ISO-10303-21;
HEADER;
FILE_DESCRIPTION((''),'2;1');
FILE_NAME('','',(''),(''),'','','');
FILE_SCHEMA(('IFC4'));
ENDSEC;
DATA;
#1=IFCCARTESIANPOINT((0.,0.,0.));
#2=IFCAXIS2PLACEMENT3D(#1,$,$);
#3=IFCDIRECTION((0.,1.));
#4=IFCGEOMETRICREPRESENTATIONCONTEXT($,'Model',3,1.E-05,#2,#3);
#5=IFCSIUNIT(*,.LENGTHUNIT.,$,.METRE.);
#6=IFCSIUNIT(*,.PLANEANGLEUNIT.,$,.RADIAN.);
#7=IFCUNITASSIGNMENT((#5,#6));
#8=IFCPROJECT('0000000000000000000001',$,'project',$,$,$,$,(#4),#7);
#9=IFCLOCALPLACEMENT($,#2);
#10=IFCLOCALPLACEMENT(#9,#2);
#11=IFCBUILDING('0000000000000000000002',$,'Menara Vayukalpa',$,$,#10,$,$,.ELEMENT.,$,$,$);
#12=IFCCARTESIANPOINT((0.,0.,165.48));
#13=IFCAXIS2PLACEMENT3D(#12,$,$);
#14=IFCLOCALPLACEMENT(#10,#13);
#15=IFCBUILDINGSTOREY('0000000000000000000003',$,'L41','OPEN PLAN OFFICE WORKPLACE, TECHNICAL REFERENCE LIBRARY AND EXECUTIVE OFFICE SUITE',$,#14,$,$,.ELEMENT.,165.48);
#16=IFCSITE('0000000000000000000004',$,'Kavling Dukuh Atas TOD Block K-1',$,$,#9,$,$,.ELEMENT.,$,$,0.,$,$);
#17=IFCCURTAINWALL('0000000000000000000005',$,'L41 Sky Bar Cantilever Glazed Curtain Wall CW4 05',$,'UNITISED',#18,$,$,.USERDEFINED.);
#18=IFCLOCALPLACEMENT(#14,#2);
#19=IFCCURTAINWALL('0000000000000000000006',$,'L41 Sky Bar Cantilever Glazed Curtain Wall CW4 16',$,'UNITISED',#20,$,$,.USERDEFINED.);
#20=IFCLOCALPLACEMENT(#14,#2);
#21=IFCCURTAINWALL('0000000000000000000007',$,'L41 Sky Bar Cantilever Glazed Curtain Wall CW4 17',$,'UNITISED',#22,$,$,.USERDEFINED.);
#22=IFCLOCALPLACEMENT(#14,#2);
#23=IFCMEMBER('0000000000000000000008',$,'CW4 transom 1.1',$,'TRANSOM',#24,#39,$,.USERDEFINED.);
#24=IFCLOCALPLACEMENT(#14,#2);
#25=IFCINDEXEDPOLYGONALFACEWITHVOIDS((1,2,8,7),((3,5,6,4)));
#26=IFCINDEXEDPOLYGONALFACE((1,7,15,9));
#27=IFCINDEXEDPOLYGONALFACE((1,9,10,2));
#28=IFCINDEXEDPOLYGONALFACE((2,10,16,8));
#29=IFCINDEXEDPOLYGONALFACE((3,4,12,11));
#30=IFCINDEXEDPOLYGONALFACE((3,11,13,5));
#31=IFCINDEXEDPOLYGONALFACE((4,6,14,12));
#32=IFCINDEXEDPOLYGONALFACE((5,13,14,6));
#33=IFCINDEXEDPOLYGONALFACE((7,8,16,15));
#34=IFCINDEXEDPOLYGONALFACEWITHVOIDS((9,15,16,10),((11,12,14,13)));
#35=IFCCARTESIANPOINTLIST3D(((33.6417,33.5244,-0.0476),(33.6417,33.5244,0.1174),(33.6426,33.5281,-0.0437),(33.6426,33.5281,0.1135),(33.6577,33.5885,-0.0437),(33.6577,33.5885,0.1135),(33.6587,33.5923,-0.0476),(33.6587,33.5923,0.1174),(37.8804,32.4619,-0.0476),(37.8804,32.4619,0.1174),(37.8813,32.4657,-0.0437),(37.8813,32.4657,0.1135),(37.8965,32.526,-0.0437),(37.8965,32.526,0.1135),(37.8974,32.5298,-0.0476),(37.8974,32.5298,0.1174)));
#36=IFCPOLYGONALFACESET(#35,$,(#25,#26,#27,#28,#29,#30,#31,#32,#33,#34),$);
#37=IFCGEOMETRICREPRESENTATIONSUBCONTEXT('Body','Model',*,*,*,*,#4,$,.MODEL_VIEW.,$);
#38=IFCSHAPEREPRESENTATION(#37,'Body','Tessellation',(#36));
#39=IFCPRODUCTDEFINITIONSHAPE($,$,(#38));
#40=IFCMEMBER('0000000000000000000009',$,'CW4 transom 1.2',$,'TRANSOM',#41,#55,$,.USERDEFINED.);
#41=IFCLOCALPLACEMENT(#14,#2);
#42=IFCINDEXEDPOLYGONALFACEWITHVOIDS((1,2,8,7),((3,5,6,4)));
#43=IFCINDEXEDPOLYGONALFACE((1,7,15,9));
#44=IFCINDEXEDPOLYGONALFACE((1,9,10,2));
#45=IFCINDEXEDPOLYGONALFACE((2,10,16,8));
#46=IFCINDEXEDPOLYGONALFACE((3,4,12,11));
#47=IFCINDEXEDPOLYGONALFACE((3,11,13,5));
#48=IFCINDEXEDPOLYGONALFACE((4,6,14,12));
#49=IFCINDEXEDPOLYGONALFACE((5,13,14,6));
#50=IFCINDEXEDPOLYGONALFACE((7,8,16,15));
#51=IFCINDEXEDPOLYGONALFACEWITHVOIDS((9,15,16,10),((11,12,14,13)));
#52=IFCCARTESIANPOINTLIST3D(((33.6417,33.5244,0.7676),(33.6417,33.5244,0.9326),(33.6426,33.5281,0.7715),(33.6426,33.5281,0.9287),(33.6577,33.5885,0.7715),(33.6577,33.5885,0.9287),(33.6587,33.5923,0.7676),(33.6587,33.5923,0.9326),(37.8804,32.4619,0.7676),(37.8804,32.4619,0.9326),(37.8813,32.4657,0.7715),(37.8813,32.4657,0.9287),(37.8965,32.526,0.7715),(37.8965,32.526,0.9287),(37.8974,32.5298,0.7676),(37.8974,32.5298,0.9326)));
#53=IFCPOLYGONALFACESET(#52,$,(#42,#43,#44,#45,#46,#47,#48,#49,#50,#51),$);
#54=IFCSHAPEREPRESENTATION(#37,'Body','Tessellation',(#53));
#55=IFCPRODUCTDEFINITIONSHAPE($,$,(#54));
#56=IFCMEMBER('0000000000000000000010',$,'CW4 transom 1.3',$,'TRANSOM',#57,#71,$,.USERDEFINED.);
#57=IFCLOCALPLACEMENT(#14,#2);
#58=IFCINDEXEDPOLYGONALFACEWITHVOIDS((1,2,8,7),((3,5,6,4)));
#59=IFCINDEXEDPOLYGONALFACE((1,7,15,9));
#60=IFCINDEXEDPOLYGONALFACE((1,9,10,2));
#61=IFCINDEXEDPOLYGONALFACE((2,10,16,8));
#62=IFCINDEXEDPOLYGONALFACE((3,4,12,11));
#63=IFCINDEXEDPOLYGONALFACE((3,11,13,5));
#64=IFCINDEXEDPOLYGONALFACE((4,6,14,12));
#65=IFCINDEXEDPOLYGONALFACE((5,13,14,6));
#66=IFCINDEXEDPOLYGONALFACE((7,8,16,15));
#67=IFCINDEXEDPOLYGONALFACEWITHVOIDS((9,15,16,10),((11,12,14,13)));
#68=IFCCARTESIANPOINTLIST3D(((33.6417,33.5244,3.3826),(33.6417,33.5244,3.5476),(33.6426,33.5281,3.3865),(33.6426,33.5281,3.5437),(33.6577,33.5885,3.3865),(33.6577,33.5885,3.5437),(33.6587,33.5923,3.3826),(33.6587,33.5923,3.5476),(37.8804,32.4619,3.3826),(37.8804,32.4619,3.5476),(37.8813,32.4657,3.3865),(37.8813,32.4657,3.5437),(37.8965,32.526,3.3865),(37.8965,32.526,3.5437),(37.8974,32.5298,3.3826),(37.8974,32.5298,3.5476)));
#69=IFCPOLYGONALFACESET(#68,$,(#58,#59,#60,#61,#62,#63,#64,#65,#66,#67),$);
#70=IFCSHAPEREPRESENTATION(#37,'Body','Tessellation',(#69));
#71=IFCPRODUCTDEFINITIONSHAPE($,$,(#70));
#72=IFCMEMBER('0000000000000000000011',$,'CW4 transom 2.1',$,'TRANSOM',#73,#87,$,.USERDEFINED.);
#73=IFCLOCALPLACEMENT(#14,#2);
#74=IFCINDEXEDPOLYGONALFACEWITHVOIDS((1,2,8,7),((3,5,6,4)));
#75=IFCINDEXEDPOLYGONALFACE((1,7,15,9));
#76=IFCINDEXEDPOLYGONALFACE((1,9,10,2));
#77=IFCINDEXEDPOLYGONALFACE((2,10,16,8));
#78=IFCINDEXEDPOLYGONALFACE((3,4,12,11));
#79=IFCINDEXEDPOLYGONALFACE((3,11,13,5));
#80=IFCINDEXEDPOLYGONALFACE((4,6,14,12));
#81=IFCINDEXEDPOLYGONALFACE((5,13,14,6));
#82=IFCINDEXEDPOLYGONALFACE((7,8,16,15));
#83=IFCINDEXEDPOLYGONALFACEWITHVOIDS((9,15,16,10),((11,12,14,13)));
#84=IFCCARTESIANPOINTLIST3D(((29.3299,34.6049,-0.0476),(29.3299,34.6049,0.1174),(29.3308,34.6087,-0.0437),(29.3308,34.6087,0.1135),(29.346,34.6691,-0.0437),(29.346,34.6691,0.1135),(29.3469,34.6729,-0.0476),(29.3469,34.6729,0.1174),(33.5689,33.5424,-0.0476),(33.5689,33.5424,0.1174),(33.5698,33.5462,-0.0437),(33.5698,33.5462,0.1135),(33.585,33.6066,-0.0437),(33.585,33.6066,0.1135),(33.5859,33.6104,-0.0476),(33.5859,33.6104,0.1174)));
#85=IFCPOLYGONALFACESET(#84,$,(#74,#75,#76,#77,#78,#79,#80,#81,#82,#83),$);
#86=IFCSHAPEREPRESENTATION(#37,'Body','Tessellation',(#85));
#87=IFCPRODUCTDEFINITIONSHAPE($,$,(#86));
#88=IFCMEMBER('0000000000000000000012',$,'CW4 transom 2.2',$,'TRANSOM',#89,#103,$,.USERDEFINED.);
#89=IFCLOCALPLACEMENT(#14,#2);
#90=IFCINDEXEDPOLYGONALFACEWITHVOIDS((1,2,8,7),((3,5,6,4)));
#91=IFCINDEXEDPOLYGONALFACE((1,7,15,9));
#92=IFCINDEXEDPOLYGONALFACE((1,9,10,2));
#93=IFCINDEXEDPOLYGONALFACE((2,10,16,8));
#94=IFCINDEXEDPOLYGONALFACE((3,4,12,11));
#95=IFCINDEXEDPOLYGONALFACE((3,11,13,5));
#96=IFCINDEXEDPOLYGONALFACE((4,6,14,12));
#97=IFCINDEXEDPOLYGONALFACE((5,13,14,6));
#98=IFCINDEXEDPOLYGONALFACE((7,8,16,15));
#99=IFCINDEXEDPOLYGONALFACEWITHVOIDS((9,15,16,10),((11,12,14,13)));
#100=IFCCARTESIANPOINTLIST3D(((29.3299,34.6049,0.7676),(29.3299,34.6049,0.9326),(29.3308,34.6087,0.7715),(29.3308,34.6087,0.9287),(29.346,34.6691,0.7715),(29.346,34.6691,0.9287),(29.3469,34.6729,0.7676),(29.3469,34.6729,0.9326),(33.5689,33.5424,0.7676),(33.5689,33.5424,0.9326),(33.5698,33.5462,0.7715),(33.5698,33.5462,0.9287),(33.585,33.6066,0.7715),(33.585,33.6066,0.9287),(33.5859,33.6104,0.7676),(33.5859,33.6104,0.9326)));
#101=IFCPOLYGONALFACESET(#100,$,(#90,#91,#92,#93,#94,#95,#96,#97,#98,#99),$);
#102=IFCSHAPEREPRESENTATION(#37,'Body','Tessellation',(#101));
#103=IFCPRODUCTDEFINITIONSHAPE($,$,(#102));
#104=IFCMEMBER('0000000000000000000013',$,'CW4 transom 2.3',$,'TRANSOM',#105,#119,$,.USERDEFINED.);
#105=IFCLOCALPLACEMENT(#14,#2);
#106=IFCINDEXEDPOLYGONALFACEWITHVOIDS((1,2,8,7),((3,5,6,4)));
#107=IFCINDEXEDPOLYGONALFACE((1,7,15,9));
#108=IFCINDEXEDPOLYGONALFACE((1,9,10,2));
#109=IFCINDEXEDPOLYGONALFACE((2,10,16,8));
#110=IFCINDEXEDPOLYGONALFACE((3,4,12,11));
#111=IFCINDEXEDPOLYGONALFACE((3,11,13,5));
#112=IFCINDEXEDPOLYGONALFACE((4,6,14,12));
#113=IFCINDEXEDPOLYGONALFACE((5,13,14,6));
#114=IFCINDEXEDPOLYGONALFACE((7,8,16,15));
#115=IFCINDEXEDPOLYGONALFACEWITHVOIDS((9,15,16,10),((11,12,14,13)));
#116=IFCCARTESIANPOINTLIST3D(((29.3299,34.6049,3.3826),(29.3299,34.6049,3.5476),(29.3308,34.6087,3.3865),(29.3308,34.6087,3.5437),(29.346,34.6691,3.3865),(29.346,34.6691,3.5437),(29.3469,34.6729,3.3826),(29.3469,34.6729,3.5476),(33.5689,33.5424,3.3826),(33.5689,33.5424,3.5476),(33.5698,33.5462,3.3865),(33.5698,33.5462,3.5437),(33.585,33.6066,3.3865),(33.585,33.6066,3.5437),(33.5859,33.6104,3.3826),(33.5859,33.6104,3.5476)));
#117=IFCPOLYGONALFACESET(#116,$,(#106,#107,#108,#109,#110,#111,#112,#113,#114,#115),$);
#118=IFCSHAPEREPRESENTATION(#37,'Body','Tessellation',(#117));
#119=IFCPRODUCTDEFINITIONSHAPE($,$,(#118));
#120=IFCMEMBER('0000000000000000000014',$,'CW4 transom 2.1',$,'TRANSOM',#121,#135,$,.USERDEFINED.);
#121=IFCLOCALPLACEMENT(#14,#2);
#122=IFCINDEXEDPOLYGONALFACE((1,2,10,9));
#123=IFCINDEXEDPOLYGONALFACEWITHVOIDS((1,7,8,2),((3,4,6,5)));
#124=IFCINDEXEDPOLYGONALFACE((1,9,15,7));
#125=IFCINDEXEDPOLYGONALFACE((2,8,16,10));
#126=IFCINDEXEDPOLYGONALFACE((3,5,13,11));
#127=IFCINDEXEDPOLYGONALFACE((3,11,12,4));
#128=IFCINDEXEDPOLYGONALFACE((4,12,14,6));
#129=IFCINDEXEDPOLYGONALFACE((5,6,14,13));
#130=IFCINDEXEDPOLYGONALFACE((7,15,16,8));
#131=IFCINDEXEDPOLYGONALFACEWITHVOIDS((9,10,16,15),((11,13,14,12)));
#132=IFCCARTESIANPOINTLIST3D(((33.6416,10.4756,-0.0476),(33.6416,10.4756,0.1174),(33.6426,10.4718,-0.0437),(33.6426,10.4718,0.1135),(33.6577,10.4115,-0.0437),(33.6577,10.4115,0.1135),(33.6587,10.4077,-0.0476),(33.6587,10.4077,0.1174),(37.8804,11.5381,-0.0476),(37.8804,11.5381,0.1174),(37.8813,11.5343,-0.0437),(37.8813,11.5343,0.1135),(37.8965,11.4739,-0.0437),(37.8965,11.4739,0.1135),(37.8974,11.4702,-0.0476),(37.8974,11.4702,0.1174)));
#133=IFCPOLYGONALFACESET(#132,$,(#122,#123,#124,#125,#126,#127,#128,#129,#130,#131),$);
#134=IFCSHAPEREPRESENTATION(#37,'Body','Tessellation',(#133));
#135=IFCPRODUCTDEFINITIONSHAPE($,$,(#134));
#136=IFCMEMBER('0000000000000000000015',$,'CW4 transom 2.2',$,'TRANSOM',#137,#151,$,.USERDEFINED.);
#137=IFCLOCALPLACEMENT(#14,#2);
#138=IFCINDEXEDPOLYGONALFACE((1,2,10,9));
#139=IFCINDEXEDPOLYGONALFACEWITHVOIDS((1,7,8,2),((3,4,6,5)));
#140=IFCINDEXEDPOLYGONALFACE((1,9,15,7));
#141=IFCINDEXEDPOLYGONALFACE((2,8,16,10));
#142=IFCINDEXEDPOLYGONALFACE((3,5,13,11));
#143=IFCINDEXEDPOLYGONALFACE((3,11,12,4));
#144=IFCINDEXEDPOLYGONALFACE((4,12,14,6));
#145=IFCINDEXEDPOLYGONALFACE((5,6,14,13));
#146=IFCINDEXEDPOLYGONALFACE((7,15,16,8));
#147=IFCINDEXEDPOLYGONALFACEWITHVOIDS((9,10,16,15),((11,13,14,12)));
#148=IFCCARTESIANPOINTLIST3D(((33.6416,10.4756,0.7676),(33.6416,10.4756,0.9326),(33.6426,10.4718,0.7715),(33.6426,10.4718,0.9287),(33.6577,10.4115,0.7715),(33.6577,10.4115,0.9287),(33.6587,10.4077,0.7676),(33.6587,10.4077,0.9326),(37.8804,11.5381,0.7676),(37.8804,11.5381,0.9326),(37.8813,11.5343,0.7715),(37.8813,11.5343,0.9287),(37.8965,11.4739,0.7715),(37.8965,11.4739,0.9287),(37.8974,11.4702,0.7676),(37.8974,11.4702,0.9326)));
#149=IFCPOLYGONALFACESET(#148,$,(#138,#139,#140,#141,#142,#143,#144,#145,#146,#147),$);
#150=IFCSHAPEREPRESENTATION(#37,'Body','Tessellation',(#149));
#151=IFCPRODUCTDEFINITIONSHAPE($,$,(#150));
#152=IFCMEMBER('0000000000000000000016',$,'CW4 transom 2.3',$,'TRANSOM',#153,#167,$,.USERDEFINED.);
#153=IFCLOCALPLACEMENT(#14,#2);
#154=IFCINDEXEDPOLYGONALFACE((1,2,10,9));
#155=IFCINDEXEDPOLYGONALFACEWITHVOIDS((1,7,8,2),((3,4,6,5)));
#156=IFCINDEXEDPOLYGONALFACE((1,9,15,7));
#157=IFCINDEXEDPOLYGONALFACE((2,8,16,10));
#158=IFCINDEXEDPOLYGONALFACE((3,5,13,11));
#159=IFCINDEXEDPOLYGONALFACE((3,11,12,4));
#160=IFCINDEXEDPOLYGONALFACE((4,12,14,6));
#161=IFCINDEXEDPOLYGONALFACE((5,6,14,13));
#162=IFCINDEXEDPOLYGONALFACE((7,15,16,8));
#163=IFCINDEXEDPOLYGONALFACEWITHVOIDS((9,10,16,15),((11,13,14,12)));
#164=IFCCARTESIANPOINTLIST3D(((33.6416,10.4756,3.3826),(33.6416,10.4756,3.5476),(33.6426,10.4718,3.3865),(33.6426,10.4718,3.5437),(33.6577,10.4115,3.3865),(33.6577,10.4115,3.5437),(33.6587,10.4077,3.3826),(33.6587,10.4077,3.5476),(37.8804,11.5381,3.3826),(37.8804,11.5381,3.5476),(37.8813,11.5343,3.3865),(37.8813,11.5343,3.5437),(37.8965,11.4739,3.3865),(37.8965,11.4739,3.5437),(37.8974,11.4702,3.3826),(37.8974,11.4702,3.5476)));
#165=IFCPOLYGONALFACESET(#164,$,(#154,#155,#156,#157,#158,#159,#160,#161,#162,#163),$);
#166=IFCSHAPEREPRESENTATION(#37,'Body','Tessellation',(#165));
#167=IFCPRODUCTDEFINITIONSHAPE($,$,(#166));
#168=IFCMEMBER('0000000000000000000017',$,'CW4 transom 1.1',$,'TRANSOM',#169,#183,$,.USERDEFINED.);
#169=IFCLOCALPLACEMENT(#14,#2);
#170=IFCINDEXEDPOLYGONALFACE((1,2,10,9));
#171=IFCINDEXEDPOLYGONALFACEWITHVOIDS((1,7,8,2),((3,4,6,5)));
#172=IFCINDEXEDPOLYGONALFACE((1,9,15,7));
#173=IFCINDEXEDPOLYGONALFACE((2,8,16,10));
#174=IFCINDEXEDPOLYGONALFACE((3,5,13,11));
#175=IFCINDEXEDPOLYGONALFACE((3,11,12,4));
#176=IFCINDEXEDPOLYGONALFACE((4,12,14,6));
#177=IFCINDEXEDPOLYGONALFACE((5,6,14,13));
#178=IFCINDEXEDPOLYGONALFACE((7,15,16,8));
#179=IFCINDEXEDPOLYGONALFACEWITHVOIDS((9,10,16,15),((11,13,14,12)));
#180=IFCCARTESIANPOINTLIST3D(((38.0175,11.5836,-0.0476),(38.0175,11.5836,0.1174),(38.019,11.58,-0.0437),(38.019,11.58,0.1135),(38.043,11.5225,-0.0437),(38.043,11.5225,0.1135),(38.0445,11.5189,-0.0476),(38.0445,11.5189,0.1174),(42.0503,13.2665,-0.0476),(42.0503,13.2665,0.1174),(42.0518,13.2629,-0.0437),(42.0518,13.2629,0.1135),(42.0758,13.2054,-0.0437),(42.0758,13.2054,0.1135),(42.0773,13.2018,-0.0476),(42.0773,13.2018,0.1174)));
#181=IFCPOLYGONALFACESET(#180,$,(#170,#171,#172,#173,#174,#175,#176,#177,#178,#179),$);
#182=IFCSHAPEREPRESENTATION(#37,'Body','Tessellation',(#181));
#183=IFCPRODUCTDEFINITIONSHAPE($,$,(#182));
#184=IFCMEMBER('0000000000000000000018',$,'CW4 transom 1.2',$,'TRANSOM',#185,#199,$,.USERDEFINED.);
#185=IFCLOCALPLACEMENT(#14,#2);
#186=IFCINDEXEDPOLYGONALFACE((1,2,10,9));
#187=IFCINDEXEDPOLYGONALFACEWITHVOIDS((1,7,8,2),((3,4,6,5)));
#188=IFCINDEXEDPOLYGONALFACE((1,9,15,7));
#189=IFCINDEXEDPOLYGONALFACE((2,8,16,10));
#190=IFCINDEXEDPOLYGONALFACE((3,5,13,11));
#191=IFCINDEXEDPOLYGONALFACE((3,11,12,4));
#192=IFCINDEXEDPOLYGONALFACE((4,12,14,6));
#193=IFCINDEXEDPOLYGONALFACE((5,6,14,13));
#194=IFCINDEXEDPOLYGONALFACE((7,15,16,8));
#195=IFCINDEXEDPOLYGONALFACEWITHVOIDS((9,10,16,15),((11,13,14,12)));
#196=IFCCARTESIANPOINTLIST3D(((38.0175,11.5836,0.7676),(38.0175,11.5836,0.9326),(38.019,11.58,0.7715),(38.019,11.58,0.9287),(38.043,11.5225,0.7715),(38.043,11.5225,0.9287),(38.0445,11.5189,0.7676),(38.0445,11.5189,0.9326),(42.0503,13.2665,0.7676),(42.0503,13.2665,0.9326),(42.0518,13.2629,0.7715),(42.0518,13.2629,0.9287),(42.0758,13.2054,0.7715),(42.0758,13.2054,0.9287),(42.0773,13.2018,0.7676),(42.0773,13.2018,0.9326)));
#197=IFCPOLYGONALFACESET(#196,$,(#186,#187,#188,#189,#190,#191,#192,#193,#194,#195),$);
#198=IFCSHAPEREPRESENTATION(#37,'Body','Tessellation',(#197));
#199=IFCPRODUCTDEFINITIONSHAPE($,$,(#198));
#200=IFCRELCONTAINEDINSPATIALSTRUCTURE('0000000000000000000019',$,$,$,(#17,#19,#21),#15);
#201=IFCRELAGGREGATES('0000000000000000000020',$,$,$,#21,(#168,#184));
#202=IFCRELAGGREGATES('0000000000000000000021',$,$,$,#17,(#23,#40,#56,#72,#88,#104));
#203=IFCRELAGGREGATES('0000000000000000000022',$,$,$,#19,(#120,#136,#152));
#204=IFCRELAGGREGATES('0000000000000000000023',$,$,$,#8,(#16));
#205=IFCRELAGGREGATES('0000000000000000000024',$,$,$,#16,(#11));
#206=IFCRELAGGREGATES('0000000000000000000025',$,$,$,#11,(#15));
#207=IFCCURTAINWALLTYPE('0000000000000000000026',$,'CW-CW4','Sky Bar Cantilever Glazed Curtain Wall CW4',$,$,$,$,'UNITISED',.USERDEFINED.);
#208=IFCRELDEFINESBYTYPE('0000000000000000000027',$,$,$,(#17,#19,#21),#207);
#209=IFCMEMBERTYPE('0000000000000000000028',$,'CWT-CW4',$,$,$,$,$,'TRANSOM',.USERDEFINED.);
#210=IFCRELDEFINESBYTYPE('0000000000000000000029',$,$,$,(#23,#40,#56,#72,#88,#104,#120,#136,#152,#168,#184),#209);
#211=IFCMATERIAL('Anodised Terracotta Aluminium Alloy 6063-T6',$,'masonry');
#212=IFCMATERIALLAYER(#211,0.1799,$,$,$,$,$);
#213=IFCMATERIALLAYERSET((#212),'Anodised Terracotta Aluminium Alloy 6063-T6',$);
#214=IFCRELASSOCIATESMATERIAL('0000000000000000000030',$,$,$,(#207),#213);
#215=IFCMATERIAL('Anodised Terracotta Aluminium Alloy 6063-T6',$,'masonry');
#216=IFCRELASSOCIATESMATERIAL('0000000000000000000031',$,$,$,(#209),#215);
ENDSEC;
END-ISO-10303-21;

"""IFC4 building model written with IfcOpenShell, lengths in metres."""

from ifc_helpers import new_model, si_unit, direction, frame, origin, origin_2d, place, context, subcontext, project, spatial, hollow_rectangle, extrude, material, layer, layer_set, material_profile, profile_set, type_object, element, aggregate, save


model = new_model("IFC4")

# Units and contexts
model_context = context("Model", 3, precision=1e-05, world=origin(), true_north=direction((0.0, 1.0)))
body_context = subcontext(model_context, "Body", "Model", "MODEL_VIEW")
ifc_project = project(units=[si_unit("LENGTHUNIT", "METRE"), si_unit("PLANEANGLEUNIT", "RADIAN")], contexts=[model_context])

# Site, building, storey
site_placement = place(None, origin())
site = spatial("IfcSite", under=ifc_project, at=site_placement, Name="Kavling Dukuh Atas TOD Block K-1", CompositionType="ELEMENT", RefElevation=0.0)
building_placement = place(site_placement, origin())
building = spatial("IfcBuilding", under=site, at=building_placement, Name="Menara Vayukalpa", CompositionType="ELEMENT")
storey_placement = place(building_placement, frame((0.0, 0.0, 165.48)))
storey = spatial("IfcBuildingStorey", under=building, at=storey_placement, Name="L41", Description="OPEN PLAN OFFICE WORKPLACE, TECHNICAL REFERENCE LIBRARY AND EXECUTIVE OFFICE SUITE", CompositionType="ELEMENT", Elevation=165.48)

# Shared definitions
ifc_material_1 = material(Name="Anodised Terracotta Aluminium Alloy 6063-T6", Category="masonry")
ifc_layer_1 = layer(ifc_material_1, 0.1799)
ifc_layer_set_1 = layer_set([ifc_layer_1], Name="Anodised Terracotta Aluminium Alloy 6063-T6")
curtain_wall_type = type_object("IfcCurtainWallType", Name="CW-CW4", Description="Sky Bar Cantilever Glazed Curtain Wall CW4", ElementType="UNITISED", PredefinedType="USERDEFINED", material=ifc_layer_set_1)

# Curtain walls
curtain_wall_1_placement = place(storey_placement, origin())
curtain_wall_1 = element("IfcCurtainWall", 1, at=curtain_wall_1_placement, inside=storey, type_object=curtain_wall_type, Name="L41 Sky Bar Cantilever Glazed Curtain Wall CW4 05", ObjectType="UNITISED", PredefinedType="USERDEFINED")
curtain_wall_2_placement = place(storey_placement, origin())
curtain_wall_2 = element("IfcCurtainWall", 2, at=curtain_wall_2_placement, inside=storey, type_object=curtain_wall_type, Name="L41 Sky Bar Cantilever Glazed Curtain Wall CW4 16", ObjectType="UNITISED", PredefinedType="USERDEFINED")

# Curtain wall
curtain_wall_3_placement = place(storey_placement, origin())
curtain_wall_3 = element("IfcCurtainWall", 3, at=curtain_wall_3_placement, inside=storey, type_object=curtain_wall_type, Name="L41 Sky Bar Cantilever Glazed Curtain Wall CW4 17", ObjectType="UNITISED", PredefinedType="USERDEFINED")

# Members
ifc_material_2 = material(Name="Anodised Terracotta Aluminium Alloy 6063-T6", Category="masonry")
ifc_material_profile_1 = material_profile(ifc_material_2, hollow_rectangle(XDim=0.0701, YDim=0.165, WallThickness=0.0039, at=origin_2d()), Name="ALU 70x165x4")
ifc_profile_set_1 = profile_set([ifc_material_profile_1], Name="Anodised Terracotta Aluminium Alloy 6063-T6")
member_type_1 = type_object("IfcMemberType", Name="CWT-CW4", ElementType="TRANSOM", PredefinedType="USERDEFINED", material=ifc_profile_set_1)
member_1_placement = place(storey_placement, frame((37.8889, 32.4958, 0.0349), z_axis=(-0.969991, 0.24314, 0.0), x_axis=(-0.24314, -0.969991, 0.0)))
member_1 = element("IfcMember", 4, at=member_1_placement, type_object=member_type_1, Name="CW4 transom 1.1", ObjectType="TRANSOM", PredefinedType="USERDEFINED", context=body_context, shape_type="SweptSolid", body=[
    extrude(hollow_rectangle(XDim=0.0701, YDim=0.165, WallThickness=0.0039, at=origin_2d()), origin(), (0.0, 0.0, 1.0), 4.3699),
])
member_2_placement = place(storey_placement, frame((37.8889, 32.4958, 0.8501), z_axis=(-0.969991, 0.24314, 0.0), x_axis=(-0.24314, -0.969991, 0.0)))
member_2 = element("IfcMember", 5, at=member_2_placement, type_object=member_type_1, Name="CW4 transom 1.2", ObjectType="TRANSOM", PredefinedType="USERDEFINED", context=body_context, shape_type="SweptSolid", body=[
    extrude(hollow_rectangle(XDim=0.0701, YDim=0.165, WallThickness=0.0039, at=origin_2d()), origin(), (0.0, 0.0, 1.0), 4.3699),
])
member_3_placement = place(storey_placement, frame((37.8889, 32.4958, 3.4651), z_axis=(-0.969991, 0.24314, 0.0), x_axis=(-0.24314, -0.969991, 0.0)))
member_3 = element("IfcMember", 6, at=member_3_placement, type_object=member_type_1, Name="CW4 transom 1.3", ObjectType="TRANSOM", PredefinedType="USERDEFINED", context=body_context, shape_type="SweptSolid", body=[
    extrude(hollow_rectangle(XDim=0.0701, YDim=0.165, WallThickness=0.0039, at=origin_2d()), origin(), (0.0, 0.0, 1.0), 4.3699),
])
member_4_placement = place(storey_placement, frame((33.5774, 33.5764, 0.0349), z_axis=(-0.969994, 0.243127, 0.0), x_axis=(-0.243127, -0.969994, 0.0)))
member_4 = element("IfcMember", 7, at=member_4_placement, type_object=member_type_1, Name="CW4 transom 2.1", ObjectType="TRANSOM", PredefinedType="USERDEFINED", context=body_context, shape_type="SweptSolid", body=[
    extrude(hollow_rectangle(XDim=0.0701, YDim=0.165, WallThickness=0.0039, at=origin_2d()), origin(), (0.0, 0.0, 1.0), 4.3701),
])
member_5_placement = place(storey_placement, frame((33.5774, 33.5764, 0.8501), z_axis=(-0.969994, 0.243127, 0.0), x_axis=(-0.243127, -0.969994, 0.0)))
member_5 = element("IfcMember", 8, at=member_5_placement, type_object=member_type_1, Name="CW4 transom 2.2", ObjectType="TRANSOM", PredefinedType="USERDEFINED", context=body_context, shape_type="SweptSolid", body=[
    extrude(hollow_rectangle(XDim=0.0701, YDim=0.165, WallThickness=0.0039, at=origin_2d()), origin(), (0.0, 0.0, 1.0), 4.3701),
])
member_6_placement = place(storey_placement, frame((33.5774, 33.5764, 3.4651), z_axis=(-0.969994, 0.243127, 0.0), x_axis=(-0.243127, -0.969994, 0.0)))
member_6 = element("IfcMember", 9, at=member_6_placement, type_object=member_type_1, Name="CW4 transom 2.3", ObjectType="TRANSOM", PredefinedType="USERDEFINED", context=body_context, shape_type="SweptSolid", body=[
    extrude(hollow_rectangle(XDim=0.0701, YDim=0.165, WallThickness=0.0039, at=origin_2d()), origin(), (0.0, 0.0, 1.0), 4.3701),
])
member_7_placement = place(storey_placement, frame((33.6501, 10.4417, 0.0349), z_axis=(0.969991, 0.24314, 0.0), x_axis=(-0.24314, 0.969991, 0.0)))
member_7 = element("IfcMember", 10, at=member_7_placement, type_object=member_type_1, Name="CW4 transom 2.1", ObjectType="TRANSOM", PredefinedType="USERDEFINED", context=body_context, shape_type="SweptSolid", body=[
    extrude(hollow_rectangle(XDim=0.0701, YDim=0.165, WallThickness=0.0039, at=origin_2d()), origin(), (0.0, 0.0, 1.0), 4.3699),
])
member_8_placement = place(storey_placement, frame((33.6501, 10.4417, 0.8501), z_axis=(0.969991, 0.24314, 0.0), x_axis=(-0.24314, 0.969991, 0.0)))
member_8 = element("IfcMember", 11, at=member_8_placement, type_object=member_type_1, Name="CW4 transom 2.2", ObjectType="TRANSOM", PredefinedType="USERDEFINED", context=body_context, shape_type="SweptSolid", body=[
    extrude(hollow_rectangle(XDim=0.0701, YDim=0.165, WallThickness=0.0039, at=origin_2d()), origin(), (0.0, 0.0, 1.0), 4.3699),
])
member_9_placement = place(storey_placement, frame((33.6501, 10.4417, 3.4651), z_axis=(0.969991, 0.24314, 0.0), x_axis=(-0.24314, 0.969991, 0.0)))
member_9 = element("IfcMember", 12, at=member_9_placement, type_object=member_type_1, Name="CW4 transom 2.3", ObjectType="TRANSOM", PredefinedType="USERDEFINED", context=body_context, shape_type="SweptSolid", body=[
    extrude(hollow_rectangle(XDim=0.0701, YDim=0.165, WallThickness=0.0039, at=origin_2d()), origin(), (0.0, 0.0, 1.0), 4.3699),
])
member_10_placement = place(storey_placement, frame((38.031, 11.5513, 0.0349), z_axis=(0.922869, 0.385115, 0.0), x_axis=(-0.385115, 0.922869, 0.0)))
member_10 = element("IfcMember", 13, at=member_10_placement, type_object=member_type_1, Name="CW4 transom 1.1", ObjectType="TRANSOM", PredefinedType="USERDEFINED", context=body_context, shape_type="SweptSolid", body=[
    extrude(hollow_rectangle(XDim=0.0701, YDim=0.165, WallThickness=0.0039, at=origin_2d()), origin(), (0.0, 0.0, 1.0), 4.3699),
])
member_11_placement = place(storey_placement, frame((38.031, 11.5513, 0.8501), z_axis=(0.922869, 0.385115, 0.0), x_axis=(-0.385115, 0.922869, 0.0)))
member_11 = element("IfcMember", 14, at=member_11_placement, type_object=member_type_1, Name="CW4 transom 1.2", ObjectType="TRANSOM", PredefinedType="USERDEFINED", context=body_context, shape_type="SweptSolid", body=[
    extrude(hollow_rectangle(XDim=0.0701, YDim=0.165, WallThickness=0.0039, at=origin_2d()), origin(), (0.0, 0.0, 1.0), 4.3699),
])
aggregate(curtain_wall_3, [member_10, member_11])

aggregate(curtain_wall_1, [member_1, member_2, member_3, member_4, member_5, member_6])
aggregate(curtain_wall_2, [member_7, member_8, member_9])

save(model, "model.ifc")
